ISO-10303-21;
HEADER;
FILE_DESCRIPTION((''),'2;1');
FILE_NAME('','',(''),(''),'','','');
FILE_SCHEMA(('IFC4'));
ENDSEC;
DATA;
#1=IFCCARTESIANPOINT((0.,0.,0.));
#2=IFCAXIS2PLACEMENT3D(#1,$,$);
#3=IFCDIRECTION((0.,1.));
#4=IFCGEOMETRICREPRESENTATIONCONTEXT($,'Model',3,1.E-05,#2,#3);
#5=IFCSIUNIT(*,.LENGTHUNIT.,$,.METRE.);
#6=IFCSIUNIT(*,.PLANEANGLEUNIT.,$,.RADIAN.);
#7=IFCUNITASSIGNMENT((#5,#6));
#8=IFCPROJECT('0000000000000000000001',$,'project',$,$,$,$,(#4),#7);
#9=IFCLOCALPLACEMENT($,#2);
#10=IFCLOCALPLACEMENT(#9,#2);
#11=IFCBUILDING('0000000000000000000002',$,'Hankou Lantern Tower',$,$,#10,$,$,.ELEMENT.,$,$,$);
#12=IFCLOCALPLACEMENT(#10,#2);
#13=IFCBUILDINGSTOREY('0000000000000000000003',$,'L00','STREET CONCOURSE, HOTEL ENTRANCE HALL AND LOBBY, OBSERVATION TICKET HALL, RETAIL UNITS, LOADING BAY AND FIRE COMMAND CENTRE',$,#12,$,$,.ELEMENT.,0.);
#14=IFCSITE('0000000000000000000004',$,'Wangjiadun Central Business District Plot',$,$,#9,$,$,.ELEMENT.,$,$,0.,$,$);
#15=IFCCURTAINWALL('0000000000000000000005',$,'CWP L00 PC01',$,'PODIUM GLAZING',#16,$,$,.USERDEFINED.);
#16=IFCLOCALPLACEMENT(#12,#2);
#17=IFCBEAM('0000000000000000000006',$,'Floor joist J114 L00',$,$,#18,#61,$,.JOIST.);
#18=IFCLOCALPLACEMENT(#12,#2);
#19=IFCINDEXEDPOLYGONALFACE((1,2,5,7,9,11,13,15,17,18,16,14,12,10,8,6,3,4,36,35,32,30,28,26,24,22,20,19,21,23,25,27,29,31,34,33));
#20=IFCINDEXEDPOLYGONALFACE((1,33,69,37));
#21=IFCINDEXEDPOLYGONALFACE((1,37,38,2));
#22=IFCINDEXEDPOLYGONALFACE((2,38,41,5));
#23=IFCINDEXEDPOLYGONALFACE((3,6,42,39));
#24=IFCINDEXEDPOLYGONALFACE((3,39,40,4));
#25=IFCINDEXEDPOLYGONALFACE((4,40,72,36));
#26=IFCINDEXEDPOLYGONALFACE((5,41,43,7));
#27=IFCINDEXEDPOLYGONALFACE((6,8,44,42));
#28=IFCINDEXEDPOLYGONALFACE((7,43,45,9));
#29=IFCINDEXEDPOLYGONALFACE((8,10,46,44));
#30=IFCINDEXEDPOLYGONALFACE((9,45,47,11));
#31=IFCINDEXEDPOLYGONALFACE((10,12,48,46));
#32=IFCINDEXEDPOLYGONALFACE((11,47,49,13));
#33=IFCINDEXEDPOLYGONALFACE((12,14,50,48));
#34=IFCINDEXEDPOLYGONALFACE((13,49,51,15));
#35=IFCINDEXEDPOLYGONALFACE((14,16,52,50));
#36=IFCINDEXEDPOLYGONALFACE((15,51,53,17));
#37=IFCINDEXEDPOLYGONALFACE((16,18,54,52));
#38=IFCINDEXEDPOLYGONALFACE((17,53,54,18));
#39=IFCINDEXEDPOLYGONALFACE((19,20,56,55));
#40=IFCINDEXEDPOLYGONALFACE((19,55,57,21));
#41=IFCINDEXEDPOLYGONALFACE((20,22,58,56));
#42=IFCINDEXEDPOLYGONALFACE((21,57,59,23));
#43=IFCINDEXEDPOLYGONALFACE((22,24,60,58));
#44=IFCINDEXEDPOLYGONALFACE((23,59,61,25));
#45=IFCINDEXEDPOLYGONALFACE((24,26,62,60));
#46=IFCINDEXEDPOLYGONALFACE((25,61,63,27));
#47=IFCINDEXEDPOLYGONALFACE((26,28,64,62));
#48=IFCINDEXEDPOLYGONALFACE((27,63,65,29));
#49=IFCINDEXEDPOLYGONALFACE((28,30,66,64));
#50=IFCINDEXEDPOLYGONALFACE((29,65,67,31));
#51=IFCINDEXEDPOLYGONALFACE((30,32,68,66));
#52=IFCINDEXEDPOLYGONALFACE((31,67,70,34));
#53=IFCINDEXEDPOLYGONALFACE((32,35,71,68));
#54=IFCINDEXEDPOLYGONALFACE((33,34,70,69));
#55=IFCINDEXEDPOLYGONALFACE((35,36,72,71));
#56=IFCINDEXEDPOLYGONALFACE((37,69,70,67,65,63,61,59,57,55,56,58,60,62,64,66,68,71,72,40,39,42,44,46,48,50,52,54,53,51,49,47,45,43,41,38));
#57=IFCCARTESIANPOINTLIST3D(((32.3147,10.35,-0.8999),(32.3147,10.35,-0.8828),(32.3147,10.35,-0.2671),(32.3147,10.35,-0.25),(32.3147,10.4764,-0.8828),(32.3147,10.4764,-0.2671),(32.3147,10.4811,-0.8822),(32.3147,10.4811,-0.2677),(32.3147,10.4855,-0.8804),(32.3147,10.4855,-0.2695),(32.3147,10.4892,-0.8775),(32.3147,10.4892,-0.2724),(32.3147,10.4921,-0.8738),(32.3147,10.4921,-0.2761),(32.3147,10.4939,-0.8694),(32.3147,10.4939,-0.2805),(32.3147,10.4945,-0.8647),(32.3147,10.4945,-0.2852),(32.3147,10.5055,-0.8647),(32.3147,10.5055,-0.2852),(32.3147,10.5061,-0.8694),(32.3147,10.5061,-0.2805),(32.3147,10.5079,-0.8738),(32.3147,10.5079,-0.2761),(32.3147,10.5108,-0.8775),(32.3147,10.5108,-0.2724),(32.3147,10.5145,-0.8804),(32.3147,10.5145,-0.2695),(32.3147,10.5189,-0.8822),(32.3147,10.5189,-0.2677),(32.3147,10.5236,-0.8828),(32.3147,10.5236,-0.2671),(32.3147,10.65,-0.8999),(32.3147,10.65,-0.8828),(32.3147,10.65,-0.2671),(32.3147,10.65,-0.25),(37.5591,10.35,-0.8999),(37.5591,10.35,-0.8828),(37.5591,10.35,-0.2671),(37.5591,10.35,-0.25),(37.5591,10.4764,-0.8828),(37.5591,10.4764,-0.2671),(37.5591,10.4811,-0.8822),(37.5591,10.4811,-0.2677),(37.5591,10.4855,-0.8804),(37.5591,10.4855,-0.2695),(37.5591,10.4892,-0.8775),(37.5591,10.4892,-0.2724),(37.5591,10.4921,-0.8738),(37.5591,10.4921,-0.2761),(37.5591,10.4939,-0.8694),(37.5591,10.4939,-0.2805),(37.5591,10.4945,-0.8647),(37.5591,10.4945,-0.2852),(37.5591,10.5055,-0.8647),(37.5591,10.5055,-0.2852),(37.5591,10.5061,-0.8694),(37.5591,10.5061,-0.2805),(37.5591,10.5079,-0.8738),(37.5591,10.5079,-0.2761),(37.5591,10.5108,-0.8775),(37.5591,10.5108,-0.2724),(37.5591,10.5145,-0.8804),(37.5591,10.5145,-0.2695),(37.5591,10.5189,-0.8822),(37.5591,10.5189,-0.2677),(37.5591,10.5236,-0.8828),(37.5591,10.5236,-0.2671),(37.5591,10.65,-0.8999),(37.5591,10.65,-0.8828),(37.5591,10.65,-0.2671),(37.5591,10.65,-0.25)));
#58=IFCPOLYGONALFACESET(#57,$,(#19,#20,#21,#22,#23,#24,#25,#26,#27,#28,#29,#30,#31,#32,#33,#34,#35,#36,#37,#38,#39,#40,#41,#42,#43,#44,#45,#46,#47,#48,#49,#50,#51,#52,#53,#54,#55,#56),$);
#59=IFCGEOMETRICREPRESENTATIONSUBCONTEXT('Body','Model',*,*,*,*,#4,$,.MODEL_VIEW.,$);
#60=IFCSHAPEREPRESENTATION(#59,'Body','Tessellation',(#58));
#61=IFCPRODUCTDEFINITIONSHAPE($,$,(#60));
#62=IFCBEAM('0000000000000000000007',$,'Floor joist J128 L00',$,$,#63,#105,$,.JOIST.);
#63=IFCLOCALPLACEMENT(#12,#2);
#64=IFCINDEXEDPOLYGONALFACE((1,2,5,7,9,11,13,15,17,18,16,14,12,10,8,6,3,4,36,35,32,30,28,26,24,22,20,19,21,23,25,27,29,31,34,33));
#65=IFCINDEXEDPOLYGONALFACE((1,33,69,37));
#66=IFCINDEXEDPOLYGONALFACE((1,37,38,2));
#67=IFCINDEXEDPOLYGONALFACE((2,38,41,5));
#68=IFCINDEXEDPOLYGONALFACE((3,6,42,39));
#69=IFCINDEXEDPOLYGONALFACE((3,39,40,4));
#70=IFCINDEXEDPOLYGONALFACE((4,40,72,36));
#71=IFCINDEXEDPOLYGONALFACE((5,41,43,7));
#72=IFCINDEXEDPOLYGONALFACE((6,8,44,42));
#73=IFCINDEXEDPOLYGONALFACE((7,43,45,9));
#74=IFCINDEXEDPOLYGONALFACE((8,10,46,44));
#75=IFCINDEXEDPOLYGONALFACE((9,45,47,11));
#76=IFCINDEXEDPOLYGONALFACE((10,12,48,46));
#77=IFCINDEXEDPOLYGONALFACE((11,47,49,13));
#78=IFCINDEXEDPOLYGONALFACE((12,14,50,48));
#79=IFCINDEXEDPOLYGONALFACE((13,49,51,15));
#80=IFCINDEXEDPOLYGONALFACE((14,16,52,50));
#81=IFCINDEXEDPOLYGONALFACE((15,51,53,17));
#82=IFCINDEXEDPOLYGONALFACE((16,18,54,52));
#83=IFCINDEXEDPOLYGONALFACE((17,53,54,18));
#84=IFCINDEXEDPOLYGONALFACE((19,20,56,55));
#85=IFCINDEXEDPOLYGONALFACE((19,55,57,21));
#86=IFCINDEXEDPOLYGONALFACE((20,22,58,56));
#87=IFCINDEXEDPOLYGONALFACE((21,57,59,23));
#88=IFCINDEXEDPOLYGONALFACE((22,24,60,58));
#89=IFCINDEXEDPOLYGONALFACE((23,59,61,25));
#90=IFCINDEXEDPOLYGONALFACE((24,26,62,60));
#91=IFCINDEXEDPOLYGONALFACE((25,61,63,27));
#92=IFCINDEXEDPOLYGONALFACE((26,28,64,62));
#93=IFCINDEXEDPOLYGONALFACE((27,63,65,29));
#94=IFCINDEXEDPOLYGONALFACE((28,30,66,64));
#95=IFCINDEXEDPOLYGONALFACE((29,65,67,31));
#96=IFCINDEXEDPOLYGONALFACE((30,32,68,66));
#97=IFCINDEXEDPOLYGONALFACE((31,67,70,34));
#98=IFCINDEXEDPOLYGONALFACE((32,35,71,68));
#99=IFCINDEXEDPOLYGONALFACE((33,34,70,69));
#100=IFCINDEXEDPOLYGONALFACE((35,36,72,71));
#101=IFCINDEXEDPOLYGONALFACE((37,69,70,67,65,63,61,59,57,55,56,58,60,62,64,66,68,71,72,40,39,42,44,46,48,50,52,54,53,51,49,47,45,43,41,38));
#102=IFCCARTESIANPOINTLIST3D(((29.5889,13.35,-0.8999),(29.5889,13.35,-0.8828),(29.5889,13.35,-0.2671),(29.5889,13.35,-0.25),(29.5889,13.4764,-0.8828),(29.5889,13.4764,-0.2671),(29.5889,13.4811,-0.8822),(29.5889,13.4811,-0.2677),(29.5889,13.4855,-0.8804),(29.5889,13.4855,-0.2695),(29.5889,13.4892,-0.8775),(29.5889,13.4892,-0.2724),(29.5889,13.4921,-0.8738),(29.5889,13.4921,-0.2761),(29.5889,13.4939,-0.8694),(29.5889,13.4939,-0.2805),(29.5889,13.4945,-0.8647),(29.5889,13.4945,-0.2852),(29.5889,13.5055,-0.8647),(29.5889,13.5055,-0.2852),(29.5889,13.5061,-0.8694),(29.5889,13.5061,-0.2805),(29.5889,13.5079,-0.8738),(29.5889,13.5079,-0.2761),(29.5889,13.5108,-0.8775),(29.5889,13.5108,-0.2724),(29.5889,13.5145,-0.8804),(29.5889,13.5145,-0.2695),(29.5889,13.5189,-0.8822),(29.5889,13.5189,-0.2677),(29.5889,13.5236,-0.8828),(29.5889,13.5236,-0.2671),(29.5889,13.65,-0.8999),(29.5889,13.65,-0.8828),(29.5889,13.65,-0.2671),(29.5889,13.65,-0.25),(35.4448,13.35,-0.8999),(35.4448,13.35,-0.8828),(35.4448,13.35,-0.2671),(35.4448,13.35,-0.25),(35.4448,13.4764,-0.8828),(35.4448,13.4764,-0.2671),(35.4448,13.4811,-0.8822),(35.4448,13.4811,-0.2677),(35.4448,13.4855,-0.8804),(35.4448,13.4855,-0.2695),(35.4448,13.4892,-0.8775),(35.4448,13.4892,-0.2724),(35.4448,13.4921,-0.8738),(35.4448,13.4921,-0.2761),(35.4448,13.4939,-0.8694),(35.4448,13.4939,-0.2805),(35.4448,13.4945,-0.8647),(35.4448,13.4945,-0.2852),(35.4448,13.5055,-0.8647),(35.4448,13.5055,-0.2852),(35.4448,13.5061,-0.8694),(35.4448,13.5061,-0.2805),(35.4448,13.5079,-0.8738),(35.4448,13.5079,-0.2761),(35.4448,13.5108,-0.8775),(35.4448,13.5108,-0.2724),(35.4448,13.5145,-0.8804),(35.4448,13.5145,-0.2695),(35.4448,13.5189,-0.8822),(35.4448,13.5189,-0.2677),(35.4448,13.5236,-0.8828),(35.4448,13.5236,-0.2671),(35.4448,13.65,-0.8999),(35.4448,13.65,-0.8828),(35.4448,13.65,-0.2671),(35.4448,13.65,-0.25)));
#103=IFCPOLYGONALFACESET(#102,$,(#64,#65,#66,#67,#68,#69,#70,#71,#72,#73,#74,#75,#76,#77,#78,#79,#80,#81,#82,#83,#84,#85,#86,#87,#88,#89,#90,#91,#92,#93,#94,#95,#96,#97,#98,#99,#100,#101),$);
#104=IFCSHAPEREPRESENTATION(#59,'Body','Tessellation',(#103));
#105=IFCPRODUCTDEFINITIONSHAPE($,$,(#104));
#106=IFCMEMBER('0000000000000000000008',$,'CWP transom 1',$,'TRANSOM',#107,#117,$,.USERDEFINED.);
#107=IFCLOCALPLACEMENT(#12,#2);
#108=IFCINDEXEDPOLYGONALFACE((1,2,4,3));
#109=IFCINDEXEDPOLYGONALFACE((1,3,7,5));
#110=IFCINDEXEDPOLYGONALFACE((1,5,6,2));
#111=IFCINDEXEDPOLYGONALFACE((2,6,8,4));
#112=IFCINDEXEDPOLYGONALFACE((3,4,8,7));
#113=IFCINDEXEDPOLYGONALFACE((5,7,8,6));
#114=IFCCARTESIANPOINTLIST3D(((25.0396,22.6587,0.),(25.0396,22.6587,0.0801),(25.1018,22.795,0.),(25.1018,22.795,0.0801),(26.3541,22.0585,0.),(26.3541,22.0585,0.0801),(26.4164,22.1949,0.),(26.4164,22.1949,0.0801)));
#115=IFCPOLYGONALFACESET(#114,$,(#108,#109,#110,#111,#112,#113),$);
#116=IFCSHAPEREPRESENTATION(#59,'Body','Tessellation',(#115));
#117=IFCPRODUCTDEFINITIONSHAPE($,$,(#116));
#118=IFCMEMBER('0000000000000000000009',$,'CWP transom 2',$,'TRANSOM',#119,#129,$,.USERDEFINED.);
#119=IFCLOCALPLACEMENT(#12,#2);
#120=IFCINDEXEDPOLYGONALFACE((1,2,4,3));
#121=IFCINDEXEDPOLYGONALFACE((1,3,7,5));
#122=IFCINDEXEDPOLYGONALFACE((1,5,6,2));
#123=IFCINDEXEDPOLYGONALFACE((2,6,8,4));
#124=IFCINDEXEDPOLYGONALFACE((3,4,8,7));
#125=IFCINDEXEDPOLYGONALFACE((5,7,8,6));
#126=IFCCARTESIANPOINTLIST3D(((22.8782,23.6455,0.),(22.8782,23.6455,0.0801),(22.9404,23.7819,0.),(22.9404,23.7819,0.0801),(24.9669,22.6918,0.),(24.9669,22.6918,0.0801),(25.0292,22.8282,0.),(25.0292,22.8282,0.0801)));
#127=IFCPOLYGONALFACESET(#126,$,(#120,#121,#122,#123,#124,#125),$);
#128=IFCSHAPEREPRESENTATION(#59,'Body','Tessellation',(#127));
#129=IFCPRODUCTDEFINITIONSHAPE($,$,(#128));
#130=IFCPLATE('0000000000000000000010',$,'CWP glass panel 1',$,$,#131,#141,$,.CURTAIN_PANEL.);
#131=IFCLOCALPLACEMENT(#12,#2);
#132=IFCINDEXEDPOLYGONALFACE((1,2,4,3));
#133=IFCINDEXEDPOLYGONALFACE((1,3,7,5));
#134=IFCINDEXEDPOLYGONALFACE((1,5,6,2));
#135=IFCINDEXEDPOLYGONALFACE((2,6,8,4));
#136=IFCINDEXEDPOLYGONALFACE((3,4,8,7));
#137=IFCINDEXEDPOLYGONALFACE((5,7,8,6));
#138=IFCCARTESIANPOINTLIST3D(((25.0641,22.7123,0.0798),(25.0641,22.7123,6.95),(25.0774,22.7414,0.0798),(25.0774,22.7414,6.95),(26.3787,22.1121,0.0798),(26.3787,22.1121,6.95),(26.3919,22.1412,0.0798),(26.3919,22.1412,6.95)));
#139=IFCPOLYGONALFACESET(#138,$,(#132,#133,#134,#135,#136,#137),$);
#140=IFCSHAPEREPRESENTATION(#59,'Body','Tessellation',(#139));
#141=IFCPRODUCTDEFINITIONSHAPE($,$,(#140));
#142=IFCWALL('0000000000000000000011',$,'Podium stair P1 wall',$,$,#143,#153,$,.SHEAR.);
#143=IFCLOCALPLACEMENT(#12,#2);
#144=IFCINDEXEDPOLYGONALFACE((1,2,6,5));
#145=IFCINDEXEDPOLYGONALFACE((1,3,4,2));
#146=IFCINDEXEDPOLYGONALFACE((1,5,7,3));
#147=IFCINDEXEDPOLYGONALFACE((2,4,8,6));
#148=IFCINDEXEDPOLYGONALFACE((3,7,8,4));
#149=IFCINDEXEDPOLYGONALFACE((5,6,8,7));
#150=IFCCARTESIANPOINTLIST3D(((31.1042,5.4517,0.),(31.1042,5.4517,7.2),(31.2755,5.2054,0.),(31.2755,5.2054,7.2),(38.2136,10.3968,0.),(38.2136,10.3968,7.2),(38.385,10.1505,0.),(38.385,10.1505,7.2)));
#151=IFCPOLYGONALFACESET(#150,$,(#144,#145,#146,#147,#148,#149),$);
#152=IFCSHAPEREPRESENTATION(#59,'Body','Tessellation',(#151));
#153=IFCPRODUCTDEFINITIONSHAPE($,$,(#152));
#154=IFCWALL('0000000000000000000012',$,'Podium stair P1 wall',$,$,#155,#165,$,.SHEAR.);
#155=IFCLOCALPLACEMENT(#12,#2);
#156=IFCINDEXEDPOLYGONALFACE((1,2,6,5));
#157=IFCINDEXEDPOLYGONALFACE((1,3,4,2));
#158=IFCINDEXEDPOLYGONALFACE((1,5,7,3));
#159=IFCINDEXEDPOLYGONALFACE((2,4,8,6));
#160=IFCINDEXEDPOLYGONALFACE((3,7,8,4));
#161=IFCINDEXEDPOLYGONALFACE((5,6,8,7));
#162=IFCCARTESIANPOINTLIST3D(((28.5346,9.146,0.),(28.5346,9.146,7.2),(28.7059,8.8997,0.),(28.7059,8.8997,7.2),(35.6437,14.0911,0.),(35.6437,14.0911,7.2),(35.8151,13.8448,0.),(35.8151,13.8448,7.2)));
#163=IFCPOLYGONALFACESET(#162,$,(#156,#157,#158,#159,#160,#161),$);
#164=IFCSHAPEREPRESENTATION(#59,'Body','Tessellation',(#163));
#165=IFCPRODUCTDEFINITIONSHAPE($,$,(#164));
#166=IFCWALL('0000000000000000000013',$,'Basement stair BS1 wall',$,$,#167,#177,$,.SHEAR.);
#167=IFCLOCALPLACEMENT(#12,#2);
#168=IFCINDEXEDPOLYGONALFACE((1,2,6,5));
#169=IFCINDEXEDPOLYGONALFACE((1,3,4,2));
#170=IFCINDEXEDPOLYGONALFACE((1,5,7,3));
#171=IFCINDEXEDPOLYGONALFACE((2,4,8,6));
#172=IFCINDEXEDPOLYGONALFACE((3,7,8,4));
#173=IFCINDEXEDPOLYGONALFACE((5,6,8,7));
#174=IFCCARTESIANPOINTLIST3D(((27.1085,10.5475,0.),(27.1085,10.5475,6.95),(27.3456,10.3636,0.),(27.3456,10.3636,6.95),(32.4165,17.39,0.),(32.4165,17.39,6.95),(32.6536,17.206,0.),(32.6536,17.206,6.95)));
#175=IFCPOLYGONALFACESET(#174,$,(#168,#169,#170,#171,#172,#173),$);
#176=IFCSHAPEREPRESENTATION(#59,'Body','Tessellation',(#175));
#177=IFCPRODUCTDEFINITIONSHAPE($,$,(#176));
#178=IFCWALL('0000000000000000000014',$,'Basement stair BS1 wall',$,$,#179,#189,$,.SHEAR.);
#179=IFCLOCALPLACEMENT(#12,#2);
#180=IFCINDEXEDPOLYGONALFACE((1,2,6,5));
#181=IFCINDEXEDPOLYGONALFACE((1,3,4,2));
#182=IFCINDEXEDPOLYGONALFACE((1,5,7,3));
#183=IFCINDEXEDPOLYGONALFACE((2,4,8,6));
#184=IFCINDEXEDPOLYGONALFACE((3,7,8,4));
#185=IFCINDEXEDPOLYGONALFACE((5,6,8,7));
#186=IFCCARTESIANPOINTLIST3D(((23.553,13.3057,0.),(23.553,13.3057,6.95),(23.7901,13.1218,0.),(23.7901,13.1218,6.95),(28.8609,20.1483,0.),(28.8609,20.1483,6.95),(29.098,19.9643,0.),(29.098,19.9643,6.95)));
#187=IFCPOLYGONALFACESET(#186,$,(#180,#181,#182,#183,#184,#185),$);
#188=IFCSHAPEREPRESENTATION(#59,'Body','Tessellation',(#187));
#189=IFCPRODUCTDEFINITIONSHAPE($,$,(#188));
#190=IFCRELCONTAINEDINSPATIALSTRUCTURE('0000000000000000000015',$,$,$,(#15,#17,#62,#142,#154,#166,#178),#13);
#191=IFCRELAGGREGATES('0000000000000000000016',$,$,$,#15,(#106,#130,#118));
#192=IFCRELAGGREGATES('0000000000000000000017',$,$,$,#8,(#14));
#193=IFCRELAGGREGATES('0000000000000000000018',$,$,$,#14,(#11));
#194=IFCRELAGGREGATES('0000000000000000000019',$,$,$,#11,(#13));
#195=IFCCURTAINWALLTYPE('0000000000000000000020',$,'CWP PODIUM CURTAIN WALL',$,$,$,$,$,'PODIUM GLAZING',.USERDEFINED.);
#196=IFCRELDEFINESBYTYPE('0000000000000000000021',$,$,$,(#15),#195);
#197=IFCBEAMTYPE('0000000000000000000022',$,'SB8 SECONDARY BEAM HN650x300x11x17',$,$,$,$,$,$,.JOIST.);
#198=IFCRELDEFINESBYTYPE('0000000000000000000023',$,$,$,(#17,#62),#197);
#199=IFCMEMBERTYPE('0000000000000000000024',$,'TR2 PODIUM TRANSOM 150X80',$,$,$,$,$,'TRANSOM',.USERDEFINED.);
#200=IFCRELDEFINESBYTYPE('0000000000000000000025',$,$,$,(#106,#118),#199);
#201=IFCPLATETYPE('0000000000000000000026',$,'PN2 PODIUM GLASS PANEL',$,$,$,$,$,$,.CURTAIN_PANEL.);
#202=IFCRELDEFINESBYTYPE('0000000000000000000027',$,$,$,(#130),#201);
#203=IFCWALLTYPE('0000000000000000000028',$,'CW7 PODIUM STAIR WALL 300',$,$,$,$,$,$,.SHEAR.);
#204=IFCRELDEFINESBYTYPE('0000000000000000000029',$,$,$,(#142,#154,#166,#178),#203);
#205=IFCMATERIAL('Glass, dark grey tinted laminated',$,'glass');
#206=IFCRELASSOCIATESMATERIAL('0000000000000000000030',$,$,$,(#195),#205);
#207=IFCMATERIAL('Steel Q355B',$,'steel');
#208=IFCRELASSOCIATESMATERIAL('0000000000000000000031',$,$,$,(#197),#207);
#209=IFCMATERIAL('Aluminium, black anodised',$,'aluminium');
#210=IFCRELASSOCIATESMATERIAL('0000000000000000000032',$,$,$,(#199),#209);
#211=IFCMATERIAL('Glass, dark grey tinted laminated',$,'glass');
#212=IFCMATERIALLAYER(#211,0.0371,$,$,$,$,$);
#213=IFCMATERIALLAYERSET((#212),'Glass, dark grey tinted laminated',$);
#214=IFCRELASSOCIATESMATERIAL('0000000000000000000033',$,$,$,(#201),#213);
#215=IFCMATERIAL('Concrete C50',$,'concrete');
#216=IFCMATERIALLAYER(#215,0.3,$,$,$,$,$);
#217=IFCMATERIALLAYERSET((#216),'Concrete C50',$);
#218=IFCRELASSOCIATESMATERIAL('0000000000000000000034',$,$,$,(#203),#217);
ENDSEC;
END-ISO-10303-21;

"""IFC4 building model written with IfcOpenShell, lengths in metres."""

from ifc_helpers import new_model, si_unit, direction, frame, frame_2d, origin, origin_2d, place, context, subcontext, project, spatial, rectangle, i_section, extrude, material, layer, layer_set, material_profile, profile_set, type_object, element, aggregate, save


model = new_model("IFC4")

# Units and contexts
model_context = context("Model", 3, precision=1e-05, world=origin(), true_north=direction((0.0, 1.0)))
body_context = subcontext(model_context, "Body", "Model", "MODEL_VIEW")
ifc_project = project(units=[si_unit("LENGTHUNIT", "METRE"), si_unit("PLANEANGLEUNIT", "RADIAN")], contexts=[model_context])

# Site, building, storey
site_placement = place(None, origin())
site = spatial("IfcSite", under=ifc_project, at=site_placement, Name="Wangjiadun Central Business District Plot", CompositionType="ELEMENT", RefElevation=0.0)
building_placement = place(site_placement, origin())
building = spatial("IfcBuilding", under=site, at=building_placement, Name="Hankou Lantern Tower", CompositionType="ELEMENT")
storey_placement = place(building_placement, origin())
storey = spatial("IfcBuildingStorey", under=building, at=storey_placement, Name="L00", Description="STREET CONCOURSE, HOTEL ENTRANCE HALL AND LOBBY, OBSERVATION TICKET HALL, RETAIL UNITS, LOADING BAY AND FIRE COMMAND CENTRE", CompositionType="ELEMENT", Elevation=0.0)

# Curtain wall
ifc_material_1 = material(Name="Glass, dark grey tinted laminated", Category="glass")
curtain_wall_type = type_object("IfcCurtainWallType", Name="CWP PODIUM CURTAIN WALL", ElementType="PODIUM GLAZING", PredefinedType="USERDEFINED", material=ifc_material_1)
curtain_wall_placement = place(storey_placement, origin())
curtain_wall = element("IfcCurtainWall", 1, at=curtain_wall_placement, inside=storey, type_object=curtain_wall_type, Name="CWP L00 PC01", ObjectType="PODIUM GLAZING", PredefinedType="USERDEFINED")

# Beams
ifc_material_2 = material(Name="Steel Q355B", Category="steel")
ifc_material_profile_1 = material_profile(ifc_material_2, i_section(OverallWidth=0.3, OverallDepth=0.6499, WebThickness=0.011, FlangeThickness=0.0171, FilletRadius=0.0181, at=origin_2d()), Name="HN650x300x11x17")
ifc_profile_set_1 = profile_set([ifc_material_profile_1], Name="Steel Q355B")
beam_type_1 = type_object("IfcBeamType", Name="SB8 SECONDARY BEAM HN650x300x11x17", PredefinedType="JOIST", material=ifc_profile_set_1)
beam_1_placement = place(storey_placement, frame((32.3147, 10.5, -0.575), z_axis=(1.0, 0.0, 0.0), x_axis=(0.0, 1.0, 0.0)))
element("IfcBeam", 2, at=beam_1_placement, inside=storey, type_object=beam_type_1, Name="Floor joist J114 L00", PredefinedType="JOIST", context=body_context, shape_type="SweptSolid", body=[
    extrude(i_section(OverallWidth=0.3, OverallDepth=0.6499, WebThickness=0.011, FlangeThickness=0.0171, FilletRadius=0.0181, at=origin_2d()), origin(), (0.0, 0.0, 1.0), 5.2444),
])
beam_2_placement = place(storey_placement, frame((29.5889, 13.5, -0.575), z_axis=(1.0, 0.0, 0.0), x_axis=(0.0, 1.0, 0.0)))
element("IfcBeam", 3, at=beam_2_placement, inside=storey, type_object=beam_type_1, Name="Floor joist J128 L00", PredefinedType="JOIST", context=body_context, shape_type="SweptSolid", body=[
    extrude(i_section(OverallWidth=0.3, OverallDepth=0.6499, WebThickness=0.011, FlangeThickness=0.0171, FilletRadius=0.0181, at=origin_2d()), origin(), (0.0, 0.0, 1.0), 5.856),
])

# Members
ifc_material_3 = material(Name="Aluminium, black anodised", Category="aluminium")
ifc_material_profile_2 = material_profile(ifc_material_3, rectangle(XDim=0.1499, YDim=0.0801, at=origin_2d()), Name="TR2 150X80")
ifc_profile_set_2 = profile_set([ifc_material_profile_2], Name="Aluminium, black anodised")
member_type_1 = type_object("IfcMemberType", Name="TR2 PODIUM TRANSOM 150X80", ElementType="TRANSOM", PredefinedType="USERDEFINED", material=ifc_profile_set_2)
member_1_placement = place(storey_placement, frame((26.3853, 22.1267, 0.04), z_axis=(-0.909682, 0.415305, 0.0), x_axis=(-0.415305, -0.909682, 0.0)))
member_1 = element("IfcMember", 4, at=member_1_placement, type_object=member_type_1, Name="CWP transom 1", ObjectType="TRANSOM", PredefinedType="USERDEFINED", context=body_context, shape_type="SweptSolid", body=[
    extrude(rectangle(XDim=0.1499, YDim=0.0801, at=origin_2d()), origin(), (0.0, 0.0, 1.0), 1.4451),
])
member_2_placement = place(storey_placement, frame((24.998, 22.76, 0.04), z_axis=(-0.90967, 0.415333, 0.0), x_axis=(-0.415333, -0.90967, 0.0)))
member_2 = element("IfcMember", 5, at=member_2_placement, type_object=member_type_1, Name="CWP transom 2", ObjectType="TRANSOM", PredefinedType="USERDEFINED", context=body_context, shape_type="SweptSolid", body=[
    extrude(rectangle(XDim=0.1499, YDim=0.0801, at=origin_2d()), origin(), (0.0, 0.0, 1.0), 2.2961),
])

# Plate
ifc_material_4 = material(Name="Glass, dark grey tinted laminated", Category="glass")
ifc_layer_1 = layer(ifc_material_4, 0.0371)
ifc_layer_set_1 = layer_set([ifc_layer_1], Name="Glass, dark grey tinted laminated")
plate_type = type_object("IfcPlateType", Name="PN2 PODIUM GLASS PANEL", PredefinedType="CURTAIN_PANEL", material=ifc_layer_set_1)
plate_placement = place(storey_placement, frame((25.728, 22.4268, 0.0798), z_axis=(0.0, 0.0, 1.0), x_axis=(-0.90967, 0.415332, 0.0)))
plate = element("IfcPlate", 6, at=plate_placement, type_object=plate_type, Name="CWP glass panel 1", PredefinedType="CURTAIN_PANEL", context=body_context, shape_type="SweptSolid", body=[
    extrude(rectangle(XDim=1.4451, YDim=0.032, at=origin_2d()), origin(), (0.0, 0.0, 1.0), 6.8701),
])
aggregate(curtain_wall, [member_1, plate, member_2])

# Walls
ifc_material_5 = material(Name="Concrete C50", Category="concrete")
ifc_layer_2 = layer(ifc_material_5, 0.3)
ifc_layer_set_2 = layer_set([ifc_layer_2], Name="Concrete C50")
wall_type_1 = type_object("IfcWallType", Name="CW7 PODIUM STAIR WALL 300", PredefinedType="SHEAR", material=ifc_layer_set_2)
wall_1_placement = place(storey_placement, frame((38.2993, 10.2737, 0.0), z_axis=(0.0, 0.0, 1.0), x_axis=(-0.820937, -0.571019, 0.0)))
element("IfcWall", 7, at=wall_1_placement, inside=storey, type_object=wall_type_1, Name="Podium stair P1 wall", PredefinedType="SHEAR", context=body_context, shape_type="SweptSolid", body=[
    extrude(rectangle(XDim=8.6602, YDim=0.3, at=frame_2d((4.3301, 0.0))), origin(), (0.0, 0.0, 1.0), 7.2),
])
wall_2_placement = place(storey_placement, frame((35.7295, 13.968, 0.0), z_axis=(0.0, 0.0, 1.0), x_axis=(-0.820928, -0.571032, 0.0)))
element("IfcWall", 8, at=wall_2_placement, inside=storey, type_object=wall_type_1, Name="Podium stair P1 wall", PredefinedType="SHEAR", context=body_context, shape_type="SweptSolid", body=[
    extrude(rectangle(XDim=8.6599, YDim=0.3, at=frame_2d((4.3301, 0.0))), origin(), (0.0, 0.0, 1.0), 7.2),
])
for number, where, z_axis, x_axis, name in (
    (9, (32.5352, 17.2981, 0.0), (0.0, 0.0, 1.0), (-0.612943, -0.790127, 0.0), "Basement stair BS1 wall"),
    (10, (28.9795, 20.0564, 0.0), (0.0, 0.0, 1.0), (-0.612925, -0.790141, 0.0), "Basement stair BS1 wall"),
):
    element("IfcWall", number, at=place(storey_placement, frame(where, z_axis=z_axis, x_axis=x_axis)), inside=storey, type_object=wall_type_1, Name=name, PredefinedType="SHEAR", context=body_context, shape_type="SweptSolid", body=[
        extrude(rectangle(XDim=8.6599, YDim=0.3, at=frame_2d((4.3301, 0.0))), origin(), (0.0, 0.0, 1.0), 6.95),
    ])

save(model, "model.ifc")
